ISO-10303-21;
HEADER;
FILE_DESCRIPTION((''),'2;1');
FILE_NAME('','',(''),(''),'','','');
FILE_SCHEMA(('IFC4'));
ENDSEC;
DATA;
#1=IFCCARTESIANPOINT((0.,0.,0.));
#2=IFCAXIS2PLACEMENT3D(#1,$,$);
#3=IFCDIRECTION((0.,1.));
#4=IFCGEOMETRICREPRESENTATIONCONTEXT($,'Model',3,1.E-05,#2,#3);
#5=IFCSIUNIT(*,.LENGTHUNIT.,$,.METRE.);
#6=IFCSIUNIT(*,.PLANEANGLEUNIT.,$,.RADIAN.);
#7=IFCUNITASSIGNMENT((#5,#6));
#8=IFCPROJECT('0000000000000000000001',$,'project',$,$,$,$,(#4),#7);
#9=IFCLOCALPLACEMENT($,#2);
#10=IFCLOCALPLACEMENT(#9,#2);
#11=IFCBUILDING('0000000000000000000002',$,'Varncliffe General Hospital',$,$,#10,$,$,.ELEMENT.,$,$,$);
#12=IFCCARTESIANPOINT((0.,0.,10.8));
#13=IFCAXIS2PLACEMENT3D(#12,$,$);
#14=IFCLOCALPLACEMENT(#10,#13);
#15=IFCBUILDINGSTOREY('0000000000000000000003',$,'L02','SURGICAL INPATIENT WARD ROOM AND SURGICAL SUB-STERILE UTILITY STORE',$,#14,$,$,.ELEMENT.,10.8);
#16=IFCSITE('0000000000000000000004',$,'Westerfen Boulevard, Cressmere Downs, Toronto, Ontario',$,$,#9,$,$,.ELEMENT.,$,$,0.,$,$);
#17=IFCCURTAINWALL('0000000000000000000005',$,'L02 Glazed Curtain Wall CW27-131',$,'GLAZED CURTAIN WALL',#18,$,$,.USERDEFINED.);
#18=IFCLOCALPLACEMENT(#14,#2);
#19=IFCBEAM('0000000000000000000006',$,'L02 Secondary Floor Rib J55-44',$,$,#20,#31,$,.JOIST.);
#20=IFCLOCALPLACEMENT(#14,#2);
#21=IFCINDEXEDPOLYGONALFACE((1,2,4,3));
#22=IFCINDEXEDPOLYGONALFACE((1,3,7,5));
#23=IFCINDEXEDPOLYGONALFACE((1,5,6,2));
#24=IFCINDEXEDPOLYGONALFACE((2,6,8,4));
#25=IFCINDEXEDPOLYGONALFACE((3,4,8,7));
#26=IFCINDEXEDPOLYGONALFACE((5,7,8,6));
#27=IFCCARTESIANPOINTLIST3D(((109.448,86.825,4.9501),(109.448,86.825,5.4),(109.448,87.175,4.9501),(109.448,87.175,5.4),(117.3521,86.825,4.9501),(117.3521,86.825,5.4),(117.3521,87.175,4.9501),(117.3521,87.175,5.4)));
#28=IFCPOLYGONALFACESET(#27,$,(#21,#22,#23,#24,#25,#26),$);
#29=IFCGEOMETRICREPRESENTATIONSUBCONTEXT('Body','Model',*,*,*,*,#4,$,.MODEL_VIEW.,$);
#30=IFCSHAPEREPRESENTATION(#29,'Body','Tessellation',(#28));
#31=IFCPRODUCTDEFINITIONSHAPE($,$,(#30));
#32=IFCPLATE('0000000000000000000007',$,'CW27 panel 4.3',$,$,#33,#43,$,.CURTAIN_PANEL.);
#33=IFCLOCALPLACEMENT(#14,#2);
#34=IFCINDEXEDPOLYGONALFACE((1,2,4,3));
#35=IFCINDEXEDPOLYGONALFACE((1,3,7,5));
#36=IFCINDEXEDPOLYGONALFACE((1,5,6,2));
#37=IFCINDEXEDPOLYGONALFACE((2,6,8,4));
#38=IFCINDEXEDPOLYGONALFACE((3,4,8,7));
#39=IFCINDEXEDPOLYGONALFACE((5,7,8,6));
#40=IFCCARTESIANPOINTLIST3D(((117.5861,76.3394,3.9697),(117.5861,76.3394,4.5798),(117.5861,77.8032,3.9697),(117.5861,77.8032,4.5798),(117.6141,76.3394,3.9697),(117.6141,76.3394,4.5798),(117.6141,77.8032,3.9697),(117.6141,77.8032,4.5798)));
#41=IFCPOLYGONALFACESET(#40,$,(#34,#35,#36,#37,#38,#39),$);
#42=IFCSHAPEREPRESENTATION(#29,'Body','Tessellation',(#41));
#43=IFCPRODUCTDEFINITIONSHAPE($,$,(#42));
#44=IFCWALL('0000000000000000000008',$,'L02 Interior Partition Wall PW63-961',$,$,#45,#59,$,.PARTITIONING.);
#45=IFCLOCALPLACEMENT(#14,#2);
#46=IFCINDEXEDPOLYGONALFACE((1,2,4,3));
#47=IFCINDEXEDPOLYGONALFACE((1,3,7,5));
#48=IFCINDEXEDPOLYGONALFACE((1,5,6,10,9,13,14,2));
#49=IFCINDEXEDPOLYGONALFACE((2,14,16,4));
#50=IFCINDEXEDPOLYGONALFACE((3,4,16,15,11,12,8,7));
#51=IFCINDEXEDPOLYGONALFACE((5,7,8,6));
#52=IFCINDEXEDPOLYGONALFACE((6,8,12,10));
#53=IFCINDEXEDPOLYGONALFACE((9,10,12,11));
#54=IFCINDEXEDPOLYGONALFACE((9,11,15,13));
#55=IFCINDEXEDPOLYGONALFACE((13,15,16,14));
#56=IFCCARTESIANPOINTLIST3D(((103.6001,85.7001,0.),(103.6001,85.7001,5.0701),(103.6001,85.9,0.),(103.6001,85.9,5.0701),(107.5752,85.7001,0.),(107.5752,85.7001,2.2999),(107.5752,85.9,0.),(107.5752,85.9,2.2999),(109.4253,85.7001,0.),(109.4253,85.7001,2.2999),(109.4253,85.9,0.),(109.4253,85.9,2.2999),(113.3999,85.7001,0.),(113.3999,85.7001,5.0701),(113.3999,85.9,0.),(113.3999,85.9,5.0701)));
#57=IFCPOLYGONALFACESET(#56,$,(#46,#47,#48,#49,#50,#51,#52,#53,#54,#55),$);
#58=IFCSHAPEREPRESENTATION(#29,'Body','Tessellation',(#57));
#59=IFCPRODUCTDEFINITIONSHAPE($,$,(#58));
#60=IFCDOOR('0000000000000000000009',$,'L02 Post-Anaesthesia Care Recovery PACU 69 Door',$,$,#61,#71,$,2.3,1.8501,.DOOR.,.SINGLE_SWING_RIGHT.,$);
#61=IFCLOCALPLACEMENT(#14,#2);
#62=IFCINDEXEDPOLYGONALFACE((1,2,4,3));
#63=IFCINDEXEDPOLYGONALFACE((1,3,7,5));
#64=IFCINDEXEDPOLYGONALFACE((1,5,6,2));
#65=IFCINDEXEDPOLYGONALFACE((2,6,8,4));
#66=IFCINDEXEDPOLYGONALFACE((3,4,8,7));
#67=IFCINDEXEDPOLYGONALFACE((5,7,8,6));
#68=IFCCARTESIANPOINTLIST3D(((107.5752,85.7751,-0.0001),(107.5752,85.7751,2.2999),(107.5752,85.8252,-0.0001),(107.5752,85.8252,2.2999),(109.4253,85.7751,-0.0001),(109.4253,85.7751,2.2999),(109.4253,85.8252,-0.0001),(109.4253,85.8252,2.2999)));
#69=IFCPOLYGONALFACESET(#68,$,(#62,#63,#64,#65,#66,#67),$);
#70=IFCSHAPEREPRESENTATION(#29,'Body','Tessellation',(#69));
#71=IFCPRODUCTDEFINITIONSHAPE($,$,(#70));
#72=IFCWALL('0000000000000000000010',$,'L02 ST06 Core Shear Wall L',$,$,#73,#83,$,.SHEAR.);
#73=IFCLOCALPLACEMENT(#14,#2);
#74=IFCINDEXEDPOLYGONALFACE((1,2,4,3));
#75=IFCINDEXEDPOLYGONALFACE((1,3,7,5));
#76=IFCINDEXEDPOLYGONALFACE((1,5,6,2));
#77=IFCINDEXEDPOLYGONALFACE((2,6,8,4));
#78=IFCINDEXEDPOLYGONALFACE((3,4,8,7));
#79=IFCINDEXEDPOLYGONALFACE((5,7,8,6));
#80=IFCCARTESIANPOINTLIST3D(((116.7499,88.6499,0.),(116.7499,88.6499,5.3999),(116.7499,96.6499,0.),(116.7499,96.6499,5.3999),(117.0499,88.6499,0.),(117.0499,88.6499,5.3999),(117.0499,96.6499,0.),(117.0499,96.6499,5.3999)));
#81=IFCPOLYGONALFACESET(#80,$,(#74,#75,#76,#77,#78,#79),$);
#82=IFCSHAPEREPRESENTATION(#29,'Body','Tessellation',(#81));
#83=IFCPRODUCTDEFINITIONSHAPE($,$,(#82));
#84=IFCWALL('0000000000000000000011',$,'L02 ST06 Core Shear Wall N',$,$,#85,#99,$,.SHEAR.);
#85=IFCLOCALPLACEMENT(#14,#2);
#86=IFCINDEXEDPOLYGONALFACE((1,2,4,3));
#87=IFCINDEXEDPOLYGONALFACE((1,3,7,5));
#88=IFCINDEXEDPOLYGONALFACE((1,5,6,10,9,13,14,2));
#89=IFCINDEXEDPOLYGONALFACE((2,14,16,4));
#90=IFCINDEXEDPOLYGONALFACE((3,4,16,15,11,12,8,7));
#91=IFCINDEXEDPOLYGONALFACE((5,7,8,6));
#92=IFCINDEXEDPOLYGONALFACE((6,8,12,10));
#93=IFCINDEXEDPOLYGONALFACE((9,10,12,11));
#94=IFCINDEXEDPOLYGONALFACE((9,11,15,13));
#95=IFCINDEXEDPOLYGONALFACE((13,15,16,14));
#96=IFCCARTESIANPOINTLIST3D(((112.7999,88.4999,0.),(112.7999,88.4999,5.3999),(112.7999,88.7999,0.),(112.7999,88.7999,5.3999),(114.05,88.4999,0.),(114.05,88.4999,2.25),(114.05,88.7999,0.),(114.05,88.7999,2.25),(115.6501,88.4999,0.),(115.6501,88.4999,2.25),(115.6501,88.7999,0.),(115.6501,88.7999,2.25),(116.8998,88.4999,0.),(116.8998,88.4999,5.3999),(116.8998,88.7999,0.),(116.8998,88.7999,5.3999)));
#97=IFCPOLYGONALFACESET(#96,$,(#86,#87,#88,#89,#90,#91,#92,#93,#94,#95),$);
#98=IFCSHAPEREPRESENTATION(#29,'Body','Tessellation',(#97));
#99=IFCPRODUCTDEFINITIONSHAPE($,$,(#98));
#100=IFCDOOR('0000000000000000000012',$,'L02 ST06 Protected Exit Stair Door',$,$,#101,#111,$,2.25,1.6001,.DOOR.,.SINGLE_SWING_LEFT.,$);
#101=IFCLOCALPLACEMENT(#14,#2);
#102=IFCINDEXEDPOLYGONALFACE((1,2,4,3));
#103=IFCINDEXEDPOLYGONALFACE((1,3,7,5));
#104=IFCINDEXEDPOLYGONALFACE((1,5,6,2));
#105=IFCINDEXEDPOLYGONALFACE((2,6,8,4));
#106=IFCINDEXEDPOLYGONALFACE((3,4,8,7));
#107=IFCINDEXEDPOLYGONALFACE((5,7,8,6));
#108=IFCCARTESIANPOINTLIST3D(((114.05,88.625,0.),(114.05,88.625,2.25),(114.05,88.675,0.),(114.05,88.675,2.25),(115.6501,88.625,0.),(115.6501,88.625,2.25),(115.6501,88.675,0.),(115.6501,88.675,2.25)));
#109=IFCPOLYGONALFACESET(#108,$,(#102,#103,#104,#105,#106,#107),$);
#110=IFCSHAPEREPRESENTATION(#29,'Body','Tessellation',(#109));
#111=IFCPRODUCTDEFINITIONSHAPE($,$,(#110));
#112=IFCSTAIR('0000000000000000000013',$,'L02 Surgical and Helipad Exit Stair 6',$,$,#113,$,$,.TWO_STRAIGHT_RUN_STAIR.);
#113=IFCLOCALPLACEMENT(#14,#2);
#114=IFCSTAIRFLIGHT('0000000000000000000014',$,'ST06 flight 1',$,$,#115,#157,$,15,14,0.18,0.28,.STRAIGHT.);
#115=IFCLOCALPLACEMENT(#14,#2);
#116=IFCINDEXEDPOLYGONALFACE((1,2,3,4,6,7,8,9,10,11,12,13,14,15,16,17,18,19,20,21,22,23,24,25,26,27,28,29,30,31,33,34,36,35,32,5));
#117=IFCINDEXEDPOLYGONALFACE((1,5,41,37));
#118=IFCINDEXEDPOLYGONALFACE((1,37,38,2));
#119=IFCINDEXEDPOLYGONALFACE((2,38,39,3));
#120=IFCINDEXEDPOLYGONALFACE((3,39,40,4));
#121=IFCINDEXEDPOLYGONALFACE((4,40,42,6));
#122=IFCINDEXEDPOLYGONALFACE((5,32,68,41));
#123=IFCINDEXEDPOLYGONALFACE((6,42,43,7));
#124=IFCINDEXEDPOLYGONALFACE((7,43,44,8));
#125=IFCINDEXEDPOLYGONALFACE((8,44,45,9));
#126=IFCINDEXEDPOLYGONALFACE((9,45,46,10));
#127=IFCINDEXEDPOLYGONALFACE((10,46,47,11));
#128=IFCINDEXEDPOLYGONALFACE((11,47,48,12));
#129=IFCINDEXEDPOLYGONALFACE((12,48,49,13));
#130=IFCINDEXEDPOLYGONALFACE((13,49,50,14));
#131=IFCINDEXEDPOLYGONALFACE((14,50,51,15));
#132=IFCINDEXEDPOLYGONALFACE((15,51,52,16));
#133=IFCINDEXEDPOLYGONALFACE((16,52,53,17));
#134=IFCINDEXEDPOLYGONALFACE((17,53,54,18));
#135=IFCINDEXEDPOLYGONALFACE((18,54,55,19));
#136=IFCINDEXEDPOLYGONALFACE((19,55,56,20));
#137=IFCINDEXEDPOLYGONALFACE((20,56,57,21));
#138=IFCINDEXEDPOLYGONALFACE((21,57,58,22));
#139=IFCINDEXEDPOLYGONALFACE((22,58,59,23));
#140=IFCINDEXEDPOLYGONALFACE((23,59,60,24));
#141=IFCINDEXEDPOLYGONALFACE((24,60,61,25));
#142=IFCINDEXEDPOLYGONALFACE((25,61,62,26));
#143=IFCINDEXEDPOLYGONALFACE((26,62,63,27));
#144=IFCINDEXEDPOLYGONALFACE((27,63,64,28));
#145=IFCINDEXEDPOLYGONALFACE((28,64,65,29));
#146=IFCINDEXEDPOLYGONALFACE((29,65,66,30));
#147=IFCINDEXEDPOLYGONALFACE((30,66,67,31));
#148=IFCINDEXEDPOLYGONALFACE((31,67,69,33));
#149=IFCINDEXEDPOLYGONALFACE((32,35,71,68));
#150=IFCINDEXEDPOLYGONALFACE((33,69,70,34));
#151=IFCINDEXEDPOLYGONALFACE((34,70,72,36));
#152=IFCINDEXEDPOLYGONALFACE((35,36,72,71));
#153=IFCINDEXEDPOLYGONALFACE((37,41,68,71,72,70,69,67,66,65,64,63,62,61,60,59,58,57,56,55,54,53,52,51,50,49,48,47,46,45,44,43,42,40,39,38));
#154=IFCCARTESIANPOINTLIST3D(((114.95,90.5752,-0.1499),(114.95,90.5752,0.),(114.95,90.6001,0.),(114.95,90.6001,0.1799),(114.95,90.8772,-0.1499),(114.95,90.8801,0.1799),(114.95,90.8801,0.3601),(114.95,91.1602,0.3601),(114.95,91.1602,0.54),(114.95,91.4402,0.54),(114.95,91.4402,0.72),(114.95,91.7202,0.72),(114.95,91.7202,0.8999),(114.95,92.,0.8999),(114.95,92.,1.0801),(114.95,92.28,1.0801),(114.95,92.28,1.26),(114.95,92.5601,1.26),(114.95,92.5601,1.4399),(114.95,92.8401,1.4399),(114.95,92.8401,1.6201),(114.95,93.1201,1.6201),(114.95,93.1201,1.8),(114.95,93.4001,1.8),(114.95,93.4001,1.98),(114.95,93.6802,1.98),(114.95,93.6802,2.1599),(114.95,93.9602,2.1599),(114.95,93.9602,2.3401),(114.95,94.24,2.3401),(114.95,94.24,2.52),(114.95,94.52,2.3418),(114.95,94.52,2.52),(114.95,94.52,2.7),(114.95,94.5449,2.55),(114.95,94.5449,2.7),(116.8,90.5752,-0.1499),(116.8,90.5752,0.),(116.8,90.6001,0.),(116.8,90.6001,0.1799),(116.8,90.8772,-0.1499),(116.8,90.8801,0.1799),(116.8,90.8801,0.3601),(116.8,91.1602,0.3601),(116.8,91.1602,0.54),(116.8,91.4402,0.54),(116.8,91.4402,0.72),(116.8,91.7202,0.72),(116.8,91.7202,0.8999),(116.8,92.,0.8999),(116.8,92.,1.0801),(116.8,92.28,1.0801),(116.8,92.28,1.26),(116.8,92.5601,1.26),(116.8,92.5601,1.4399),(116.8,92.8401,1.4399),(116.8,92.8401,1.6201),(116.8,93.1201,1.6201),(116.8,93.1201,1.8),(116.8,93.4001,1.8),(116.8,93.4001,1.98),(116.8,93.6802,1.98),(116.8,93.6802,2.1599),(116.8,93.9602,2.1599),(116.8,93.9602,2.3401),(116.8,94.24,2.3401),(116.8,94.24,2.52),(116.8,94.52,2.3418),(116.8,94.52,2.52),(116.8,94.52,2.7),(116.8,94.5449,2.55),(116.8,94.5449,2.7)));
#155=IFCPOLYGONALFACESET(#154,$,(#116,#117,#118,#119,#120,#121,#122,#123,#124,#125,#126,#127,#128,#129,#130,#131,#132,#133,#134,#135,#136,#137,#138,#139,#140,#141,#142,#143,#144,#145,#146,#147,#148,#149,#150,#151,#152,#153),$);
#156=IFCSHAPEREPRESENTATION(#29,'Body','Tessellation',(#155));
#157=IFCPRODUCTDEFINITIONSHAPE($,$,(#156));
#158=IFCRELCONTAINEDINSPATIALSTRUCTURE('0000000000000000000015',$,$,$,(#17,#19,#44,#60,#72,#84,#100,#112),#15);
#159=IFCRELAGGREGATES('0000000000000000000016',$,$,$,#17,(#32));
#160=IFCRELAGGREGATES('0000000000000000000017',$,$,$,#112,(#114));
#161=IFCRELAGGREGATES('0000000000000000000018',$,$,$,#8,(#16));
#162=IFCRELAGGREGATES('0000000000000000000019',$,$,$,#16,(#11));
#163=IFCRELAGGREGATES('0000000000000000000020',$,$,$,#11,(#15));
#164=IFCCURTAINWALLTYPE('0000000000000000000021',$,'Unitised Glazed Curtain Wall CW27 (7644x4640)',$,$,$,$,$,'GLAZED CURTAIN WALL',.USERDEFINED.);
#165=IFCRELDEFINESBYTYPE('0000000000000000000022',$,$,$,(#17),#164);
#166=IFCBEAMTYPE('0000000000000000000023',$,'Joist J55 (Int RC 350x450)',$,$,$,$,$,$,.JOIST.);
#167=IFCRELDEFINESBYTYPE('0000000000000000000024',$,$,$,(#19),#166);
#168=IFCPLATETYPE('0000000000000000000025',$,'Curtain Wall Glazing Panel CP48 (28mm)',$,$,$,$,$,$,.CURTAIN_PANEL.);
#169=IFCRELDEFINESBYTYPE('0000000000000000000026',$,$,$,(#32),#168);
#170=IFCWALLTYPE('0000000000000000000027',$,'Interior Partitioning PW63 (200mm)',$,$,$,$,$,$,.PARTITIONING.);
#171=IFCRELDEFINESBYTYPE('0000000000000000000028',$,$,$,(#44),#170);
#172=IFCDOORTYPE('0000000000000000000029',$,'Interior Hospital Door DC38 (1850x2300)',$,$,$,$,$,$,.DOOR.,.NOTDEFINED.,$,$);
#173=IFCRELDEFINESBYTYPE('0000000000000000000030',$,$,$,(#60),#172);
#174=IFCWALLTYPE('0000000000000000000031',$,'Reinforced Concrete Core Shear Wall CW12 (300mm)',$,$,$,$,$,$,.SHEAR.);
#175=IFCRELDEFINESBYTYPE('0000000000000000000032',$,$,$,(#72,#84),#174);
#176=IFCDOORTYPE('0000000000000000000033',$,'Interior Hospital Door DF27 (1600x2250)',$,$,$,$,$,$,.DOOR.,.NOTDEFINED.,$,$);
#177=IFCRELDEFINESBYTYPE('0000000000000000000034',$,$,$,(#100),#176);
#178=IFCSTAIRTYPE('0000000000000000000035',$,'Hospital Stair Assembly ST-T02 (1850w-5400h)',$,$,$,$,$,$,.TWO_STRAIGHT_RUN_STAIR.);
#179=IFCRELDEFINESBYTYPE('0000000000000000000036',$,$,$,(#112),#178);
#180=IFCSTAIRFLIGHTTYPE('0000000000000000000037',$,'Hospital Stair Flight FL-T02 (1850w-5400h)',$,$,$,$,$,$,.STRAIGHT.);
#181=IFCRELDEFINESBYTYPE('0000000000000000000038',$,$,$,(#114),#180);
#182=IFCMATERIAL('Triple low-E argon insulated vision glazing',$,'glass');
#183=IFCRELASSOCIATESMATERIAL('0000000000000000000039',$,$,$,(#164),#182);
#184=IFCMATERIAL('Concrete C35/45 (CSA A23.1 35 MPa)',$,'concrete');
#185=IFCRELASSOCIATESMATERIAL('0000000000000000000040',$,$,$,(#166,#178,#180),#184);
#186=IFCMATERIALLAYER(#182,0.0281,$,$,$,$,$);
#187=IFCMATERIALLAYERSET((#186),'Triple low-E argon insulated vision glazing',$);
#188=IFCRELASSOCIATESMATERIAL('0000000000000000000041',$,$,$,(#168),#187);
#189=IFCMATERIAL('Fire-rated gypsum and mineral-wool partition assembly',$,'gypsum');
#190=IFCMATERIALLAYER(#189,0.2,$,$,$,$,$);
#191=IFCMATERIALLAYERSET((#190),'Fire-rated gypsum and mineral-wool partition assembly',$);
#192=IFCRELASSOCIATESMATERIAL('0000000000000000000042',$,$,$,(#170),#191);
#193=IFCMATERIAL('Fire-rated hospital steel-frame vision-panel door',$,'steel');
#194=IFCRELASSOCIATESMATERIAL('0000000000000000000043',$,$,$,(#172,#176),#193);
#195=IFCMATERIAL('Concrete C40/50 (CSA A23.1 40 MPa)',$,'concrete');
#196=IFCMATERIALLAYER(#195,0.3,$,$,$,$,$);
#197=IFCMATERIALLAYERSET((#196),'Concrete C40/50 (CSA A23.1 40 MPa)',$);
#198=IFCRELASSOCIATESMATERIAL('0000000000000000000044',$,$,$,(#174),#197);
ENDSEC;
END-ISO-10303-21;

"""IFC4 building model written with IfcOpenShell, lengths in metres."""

from ifc_helpers import new_model, si_unit, direction, frame, frame_2d, origin, origin_2d, place, context, subcontext, project, spatial, polyline, rectangle, outline, extrude, material, layer, layer_set, material_profile, profile_set, type_object, element, fill, aggregate, save


model = new_model("IFC4")

# Units and contexts
model_context = context("Model", 3, precision=1e-05, world=origin(), true_north=direction((0.0, 1.0)))
body_context = subcontext(model_context, "Body", "Model", "MODEL_VIEW")
ifc_project = project(units=[si_unit("LENGTHUNIT", "METRE"), si_unit("PLANEANGLEUNIT", "RADIAN")], contexts=[model_context])

# Site, building, storey
site_placement = place(None, origin())
site = spatial("IfcSite", under=ifc_project, at=site_placement, Name="Westerfen Boulevard, Cressmere Downs, Toronto, Ontario", CompositionType="ELEMENT", RefElevation=0.0)
building_placement = place(site_placement, origin())
building = spatial("IfcBuilding", under=site, at=building_placement, Name="Varncliffe General Hospital", CompositionType="ELEMENT")
storey_placement = place(building_placement, frame((0.0, 0.0, 10.8)))
storey = spatial("IfcBuildingStorey", under=building, at=storey_placement, Name="L02", Description="SURGICAL INPATIENT WARD ROOM AND SURGICAL SUB-STERILE UTILITY STORE", CompositionType="ELEMENT", Elevation=10.8)

# Shared definitions
ifc_material_1 = material(Name="Concrete C40/50 (CSA A23.1 40 MPa)", Category="concrete")

# Shared definitions
ifc_material_2 = material(Name="Concrete C35/45 (CSA A23.1 35 MPa)", Category="concrete")

# Curtain wall
ifc_material_3 = material(Name="Triple low-E argon insulated vision glazing", Category="glass")
curtain_wall_type = type_object("IfcCurtainWallType", Name="Unitised Glazed Curtain Wall CW27 (7644x4640)", ElementType="GLAZED CURTAIN WALL", PredefinedType="USERDEFINED", material=ifc_material_3)
curtain_wall_placement = place(storey_placement, origin())
curtain_wall = element("IfcCurtainWall", 1, at=curtain_wall_placement, inside=storey, type_object=curtain_wall_type, Name="L02 Glazed Curtain Wall CW27-131", ObjectType="GLAZED CURTAIN WALL", PredefinedType="USERDEFINED")

# Beam
ifc_material_profile_1 = material_profile(ifc_material_2, rectangle(XDim=0.3501, YDim=0.45, at=origin_2d()), Name="RC 350x450")
ifc_profile_set_1 = profile_set([ifc_material_profile_1], Name="Concrete C35/45 (CSA A23.1 35 MPa)")
beam_type_1 = type_object("IfcBeamType", Name="Joist J55 (Int RC 350x450)", PredefinedType="JOIST", material=ifc_profile_set_1)
beam_1_placement = place(storey_placement, frame((109.448, 87.0, 5.175), z_axis=(1.0, 0.0, 0.0), x_axis=(0.0, 1.0, 0.0)))
element("IfcBeam", 2, at=beam_1_placement, inside=storey, type_object=beam_type_1, Name="L02 Secondary Floor Rib J55-44", PredefinedType="JOIST", context=body_context, shape_type="SweptSolid", body=[
    extrude(rectangle(XDim=0.3501, YDim=0.45, at=origin_2d()), origin(), (0.0, 0.0, 1.0), 7.9041),
])

# Plate
ifc_layer_1 = layer(ifc_material_3, 0.0281)
ifc_layer_set_1 = layer_set([ifc_layer_1], Name="Triple low-E argon insulated vision glazing")
plate_type = type_object("IfcPlateType", Name="Curtain Wall Glazing Panel CP48 (28mm)", PredefinedType="CURTAIN_PANEL", material=ifc_layer_set_1)
plate_placement = place(storey_placement, frame((117.6001, 77.0713, 3.9697), z_axis=(0.0, 0.0, 1.0), x_axis=(0.0, -1.0, 0.0)))
plate = element("IfcPlate", 3, at=plate_placement, type_object=plate_type, Name="CW27 panel 4.3", PredefinedType="CURTAIN_PANEL", context=body_context, shape_type="SweptSolid", body=[
    extrude(rectangle(XDim=1.4639, YDim=0.0281, at=origin_2d()), origin(), (0.0, 0.0, 1.0), 0.6101),
])
aggregate(curtain_wall, [plate])

# Wall, opening, door
ifc_material_4 = material(Name="Fire-rated gypsum and mineral-wool partition assembly", Category="gypsum")
ifc_layer_2 = layer(ifc_material_4, 0.2)
ifc_layer_set_2 = layer_set([ifc_layer_2], Name="Fire-rated gypsum and mineral-wool partition assembly")
wall_type_1 = type_object("IfcWallType", Name="Interior Partitioning PW63 (200mm)", PredefinedType="PARTITIONING", material=ifc_layer_set_2)
wall_1_placement = place(storey_placement, frame((103.6001, 85.8, 0.0), z_axis=(0.0, 0.0, 1.0), x_axis=(1.0, 0.0, 0.0)))
wall_1 = element("IfcWall", 4, at=wall_1_placement, inside=storey, type_object=wall_type_1, Name="L02 Interior Partition Wall PW63-961", PredefinedType="PARTITIONING", context=body_context, shape_type="SweptSolid", body=[
    extrude(rectangle(XDim=9.7998, YDim=0.2, at=frame_2d((4.8999, 0.0))), origin(), (0.0, 0.0, 1.0), 5.0701),
])
opening_1_placement = place(wall_1_placement, frame((3.9751, 0.0, 0.0)))
opening_1 = element("IfcOpeningElement", 5, at=opening_1_placement, cuts=wall_1, PredefinedType="OPENING", context=body_context, shape_type="SweptSolid", body=[
    extrude(rectangle(XDim=1.8501, YDim=2.3, at=frame_2d((0.925, 1.1499))), frame((0.0, 0.1099, 0.0), z_axis=(0.0, -1.0, 0.0), x_axis=(1.0, 0.0, 0.0)), (0.0, 0.0, 1.0), 0.22),
])
ifc_material_5 = material(Name="Fire-rated hospital steel-frame vision-panel door", Category="steel")
door_type_1 = type_object("IfcDoorType", Name="Interior Hospital Door DC38 (1850x2300)", OperationType="NOTDEFINED", PredefinedType="DOOR", material=ifc_material_5)
door_1_placement = place(opening_1_placement, frame((1.8501, 0.0, 0.0), z_axis=(0.0, 0.0, 1.0), x_axis=(-1.0, 0.0, 0.0)))
door_1 = element("IfcDoor", 6, at=door_1_placement, inside=storey, type_object=door_type_1, Name="L02 Post-Anaesthesia Care Recovery PACU 69 Door", OperationType="SINGLE_SWING_RIGHT", OverallHeight=2.3, OverallWidth=1.8501, PredefinedType="DOOR", context=body_context, shape_type="SweptSolid", body=[
    extrude(rectangle(XDim=1.8501, YDim=2.3, at=frame_2d((0.925, 1.1499))), frame((0.0, 0.0249, 0.0), z_axis=(0.0, -1.0, 0.0), x_axis=(1.0, 0.0, 0.0)), (0.0, 0.0, 1.0), 0.05),
])
fill(opening_1, door_1)

# Wall
ifc_layer_3 = layer(ifc_material_1, 0.3)
ifc_layer_set_3 = layer_set([ifc_layer_3], Name="Concrete C40/50 (CSA A23.1 40 MPa)")
wall_type_2 = type_object("IfcWallType", Name="Reinforced Concrete Core Shear Wall CW12 (300mm)", PredefinedType="SHEAR", material=ifc_layer_set_3)
wall_2_placement = place(storey_placement, frame((116.8999, 88.6499, 0.0), z_axis=(0.0, 0.0, 1.0), x_axis=(0.0, 1.0, 0.0)))
element("IfcWall", 7, at=wall_2_placement, inside=storey, type_object=wall_type_2, Name="L02 ST06 Core Shear Wall L", PredefinedType="SHEAR", context=body_context, shape_type="SweptSolid", body=[
    extrude(rectangle(XDim=8.0, YDim=0.3, at=frame_2d((4.0, 0.0))), origin(), (0.0, 0.0, 1.0), 5.3999),
])

# Wall, opening, door
wall_3_placement = place(storey_placement, frame((112.8, 88.6499, 0.0), z_axis=(0.0, 0.0, 1.0), x_axis=(1.0, 0.0, 0.0)))
wall_3 = element("IfcWall", 8, at=wall_3_placement, inside=storey, type_object=wall_type_2, Name="L02 ST06 Core Shear Wall N", PredefinedType="SHEAR", context=body_context, shape_type="SweptSolid", body=[
    extrude(rectangle(XDim=4.0999, YDim=0.3, at=frame_2d((2.0498, 0.0))), origin(), (0.0, 0.0, 1.0), 5.3999),
])
opening_2_placement = place(wall_3_placement, frame((1.25, 0.0, 0.0)))
opening_2 = element("IfcOpeningElement", 9, at=opening_2_placement, cuts=wall_3, PredefinedType="OPENING", context=body_context, shape_type="SweptSolid", body=[
    extrude(rectangle(XDim=1.6001, YDim=2.25, at=frame_2d((0.8, 1.125))), frame((0.0, 0.1602, 0.0), z_axis=(0.0, -1.0, 0.0), x_axis=(1.0, 0.0, 0.0)), (0.0, 0.0, 1.0), 0.3201),
])
door_type_2 = type_object("IfcDoorType", Name="Interior Hospital Door DF27 (1600x2250)", OperationType="NOTDEFINED", PredefinedType="DOOR", material=ifc_material_5)
door_2_placement = place(opening_2_placement, frame((1.6001, 0.0, 0.0), z_axis=(0.0, 0.0, 1.0), x_axis=(-1.0, 0.0, 0.0)))
door_2 = element("IfcDoor", 10, at=door_2_placement, inside=storey, type_object=door_type_2, Name="L02 ST06 Protected Exit Stair Door", OperationType="SINGLE_SWING_LEFT", OverallHeight=2.25, OverallWidth=1.6001, PredefinedType="DOOR", context=body_context, shape_type="SweptSolid", body=[
    extrude(rectangle(XDim=1.6001, YDim=2.25, at=frame_2d((0.8, 1.125))), frame((0.0, 0.0249, 0.0), z_axis=(0.0, -1.0, 0.0), x_axis=(1.0, 0.0, 0.0)), (0.0, 0.0, 1.0), 0.05),
])
fill(opening_2, door_2)

# Stair, stair flight
stair_type = type_object("IfcStairType", Name="Hospital Stair Assembly ST-T02 (1850w-5400h)", PredefinedType="TWO_STRAIGHT_RUN_STAIR", material=ifc_material_2)
stair_placement = place(storey_placement, origin())
stair = element("IfcStair", 11, at=stair_placement, inside=storey, type_object=stair_type, Name="L02 Surgical and Helipad Exit Stair 6", PredefinedType="TWO_STRAIGHT_RUN_STAIR")
stair_flight_type = type_object("IfcStairFlightType", Name="Hospital Stair Flight FL-T02 (1850w-5400h)", PredefinedType="STRAIGHT", material=ifc_material_2)
stair_flight_placement = place(storey_placement, frame((115.875, 90.6001, 0.0), z_axis=(0.0, 0.0, 1.0), x_axis=(0.0, 1.0, 0.0)))
stair_flight = element("IfcStairFlight", 12, at=stair_flight_placement, type_object=stair_flight_type, Name="ST06 flight 1", NumberOfRisers=15, NumberOfTreads=14, PredefinedType="STRAIGHT", RiserHeight=0.18, TreadLength=0.28, context=body_context, shape_type="SweptSolid", body=[
    extrude(outline(polyline([(-0.0249, -0.1499), (-0.0249, 0.0), (0.0, 0.0), (0.0, 0.1799), (0.28, 0.1799), (0.28, 0.3601), (0.5601, 0.3601), (0.5601, 0.54), (0.8401, 0.54), (0.8401, 0.72), (1.1201, 0.72), (1.1201, 0.8999), (1.3999, 0.8999), (1.3999, 1.0801), (1.6799, 1.0801), (1.6799, 1.26), (1.96, 1.26), (1.96, 1.4399), (2.24, 1.4399), (2.24, 1.6201), (2.52, 1.6201), (2.52, 1.8), (2.8, 1.8), (2.8, 1.98), (3.0801, 1.98), (3.0801, 2.1599), (3.3601, 2.1599), (3.3601, 2.3401), (3.6399, 2.3401), (3.6399, 2.52), (3.9199, 2.52), (3.9199, 2.7), (3.9448, 2.7), (3.9448, 2.55), (3.9199, 2.3418), (0.2771, -0.1499), (-0.0249, -0.1499)])), frame((0.0, 0.925, 0.0), z_axis=(0.0, -1.0, 0.0), x_axis=(1.0, 0.0, 0.0)), (0.0, 0.0, 1.0), 1.8501),
])
aggregate(stair, [stair_flight])

save(model, "model.ifc")
